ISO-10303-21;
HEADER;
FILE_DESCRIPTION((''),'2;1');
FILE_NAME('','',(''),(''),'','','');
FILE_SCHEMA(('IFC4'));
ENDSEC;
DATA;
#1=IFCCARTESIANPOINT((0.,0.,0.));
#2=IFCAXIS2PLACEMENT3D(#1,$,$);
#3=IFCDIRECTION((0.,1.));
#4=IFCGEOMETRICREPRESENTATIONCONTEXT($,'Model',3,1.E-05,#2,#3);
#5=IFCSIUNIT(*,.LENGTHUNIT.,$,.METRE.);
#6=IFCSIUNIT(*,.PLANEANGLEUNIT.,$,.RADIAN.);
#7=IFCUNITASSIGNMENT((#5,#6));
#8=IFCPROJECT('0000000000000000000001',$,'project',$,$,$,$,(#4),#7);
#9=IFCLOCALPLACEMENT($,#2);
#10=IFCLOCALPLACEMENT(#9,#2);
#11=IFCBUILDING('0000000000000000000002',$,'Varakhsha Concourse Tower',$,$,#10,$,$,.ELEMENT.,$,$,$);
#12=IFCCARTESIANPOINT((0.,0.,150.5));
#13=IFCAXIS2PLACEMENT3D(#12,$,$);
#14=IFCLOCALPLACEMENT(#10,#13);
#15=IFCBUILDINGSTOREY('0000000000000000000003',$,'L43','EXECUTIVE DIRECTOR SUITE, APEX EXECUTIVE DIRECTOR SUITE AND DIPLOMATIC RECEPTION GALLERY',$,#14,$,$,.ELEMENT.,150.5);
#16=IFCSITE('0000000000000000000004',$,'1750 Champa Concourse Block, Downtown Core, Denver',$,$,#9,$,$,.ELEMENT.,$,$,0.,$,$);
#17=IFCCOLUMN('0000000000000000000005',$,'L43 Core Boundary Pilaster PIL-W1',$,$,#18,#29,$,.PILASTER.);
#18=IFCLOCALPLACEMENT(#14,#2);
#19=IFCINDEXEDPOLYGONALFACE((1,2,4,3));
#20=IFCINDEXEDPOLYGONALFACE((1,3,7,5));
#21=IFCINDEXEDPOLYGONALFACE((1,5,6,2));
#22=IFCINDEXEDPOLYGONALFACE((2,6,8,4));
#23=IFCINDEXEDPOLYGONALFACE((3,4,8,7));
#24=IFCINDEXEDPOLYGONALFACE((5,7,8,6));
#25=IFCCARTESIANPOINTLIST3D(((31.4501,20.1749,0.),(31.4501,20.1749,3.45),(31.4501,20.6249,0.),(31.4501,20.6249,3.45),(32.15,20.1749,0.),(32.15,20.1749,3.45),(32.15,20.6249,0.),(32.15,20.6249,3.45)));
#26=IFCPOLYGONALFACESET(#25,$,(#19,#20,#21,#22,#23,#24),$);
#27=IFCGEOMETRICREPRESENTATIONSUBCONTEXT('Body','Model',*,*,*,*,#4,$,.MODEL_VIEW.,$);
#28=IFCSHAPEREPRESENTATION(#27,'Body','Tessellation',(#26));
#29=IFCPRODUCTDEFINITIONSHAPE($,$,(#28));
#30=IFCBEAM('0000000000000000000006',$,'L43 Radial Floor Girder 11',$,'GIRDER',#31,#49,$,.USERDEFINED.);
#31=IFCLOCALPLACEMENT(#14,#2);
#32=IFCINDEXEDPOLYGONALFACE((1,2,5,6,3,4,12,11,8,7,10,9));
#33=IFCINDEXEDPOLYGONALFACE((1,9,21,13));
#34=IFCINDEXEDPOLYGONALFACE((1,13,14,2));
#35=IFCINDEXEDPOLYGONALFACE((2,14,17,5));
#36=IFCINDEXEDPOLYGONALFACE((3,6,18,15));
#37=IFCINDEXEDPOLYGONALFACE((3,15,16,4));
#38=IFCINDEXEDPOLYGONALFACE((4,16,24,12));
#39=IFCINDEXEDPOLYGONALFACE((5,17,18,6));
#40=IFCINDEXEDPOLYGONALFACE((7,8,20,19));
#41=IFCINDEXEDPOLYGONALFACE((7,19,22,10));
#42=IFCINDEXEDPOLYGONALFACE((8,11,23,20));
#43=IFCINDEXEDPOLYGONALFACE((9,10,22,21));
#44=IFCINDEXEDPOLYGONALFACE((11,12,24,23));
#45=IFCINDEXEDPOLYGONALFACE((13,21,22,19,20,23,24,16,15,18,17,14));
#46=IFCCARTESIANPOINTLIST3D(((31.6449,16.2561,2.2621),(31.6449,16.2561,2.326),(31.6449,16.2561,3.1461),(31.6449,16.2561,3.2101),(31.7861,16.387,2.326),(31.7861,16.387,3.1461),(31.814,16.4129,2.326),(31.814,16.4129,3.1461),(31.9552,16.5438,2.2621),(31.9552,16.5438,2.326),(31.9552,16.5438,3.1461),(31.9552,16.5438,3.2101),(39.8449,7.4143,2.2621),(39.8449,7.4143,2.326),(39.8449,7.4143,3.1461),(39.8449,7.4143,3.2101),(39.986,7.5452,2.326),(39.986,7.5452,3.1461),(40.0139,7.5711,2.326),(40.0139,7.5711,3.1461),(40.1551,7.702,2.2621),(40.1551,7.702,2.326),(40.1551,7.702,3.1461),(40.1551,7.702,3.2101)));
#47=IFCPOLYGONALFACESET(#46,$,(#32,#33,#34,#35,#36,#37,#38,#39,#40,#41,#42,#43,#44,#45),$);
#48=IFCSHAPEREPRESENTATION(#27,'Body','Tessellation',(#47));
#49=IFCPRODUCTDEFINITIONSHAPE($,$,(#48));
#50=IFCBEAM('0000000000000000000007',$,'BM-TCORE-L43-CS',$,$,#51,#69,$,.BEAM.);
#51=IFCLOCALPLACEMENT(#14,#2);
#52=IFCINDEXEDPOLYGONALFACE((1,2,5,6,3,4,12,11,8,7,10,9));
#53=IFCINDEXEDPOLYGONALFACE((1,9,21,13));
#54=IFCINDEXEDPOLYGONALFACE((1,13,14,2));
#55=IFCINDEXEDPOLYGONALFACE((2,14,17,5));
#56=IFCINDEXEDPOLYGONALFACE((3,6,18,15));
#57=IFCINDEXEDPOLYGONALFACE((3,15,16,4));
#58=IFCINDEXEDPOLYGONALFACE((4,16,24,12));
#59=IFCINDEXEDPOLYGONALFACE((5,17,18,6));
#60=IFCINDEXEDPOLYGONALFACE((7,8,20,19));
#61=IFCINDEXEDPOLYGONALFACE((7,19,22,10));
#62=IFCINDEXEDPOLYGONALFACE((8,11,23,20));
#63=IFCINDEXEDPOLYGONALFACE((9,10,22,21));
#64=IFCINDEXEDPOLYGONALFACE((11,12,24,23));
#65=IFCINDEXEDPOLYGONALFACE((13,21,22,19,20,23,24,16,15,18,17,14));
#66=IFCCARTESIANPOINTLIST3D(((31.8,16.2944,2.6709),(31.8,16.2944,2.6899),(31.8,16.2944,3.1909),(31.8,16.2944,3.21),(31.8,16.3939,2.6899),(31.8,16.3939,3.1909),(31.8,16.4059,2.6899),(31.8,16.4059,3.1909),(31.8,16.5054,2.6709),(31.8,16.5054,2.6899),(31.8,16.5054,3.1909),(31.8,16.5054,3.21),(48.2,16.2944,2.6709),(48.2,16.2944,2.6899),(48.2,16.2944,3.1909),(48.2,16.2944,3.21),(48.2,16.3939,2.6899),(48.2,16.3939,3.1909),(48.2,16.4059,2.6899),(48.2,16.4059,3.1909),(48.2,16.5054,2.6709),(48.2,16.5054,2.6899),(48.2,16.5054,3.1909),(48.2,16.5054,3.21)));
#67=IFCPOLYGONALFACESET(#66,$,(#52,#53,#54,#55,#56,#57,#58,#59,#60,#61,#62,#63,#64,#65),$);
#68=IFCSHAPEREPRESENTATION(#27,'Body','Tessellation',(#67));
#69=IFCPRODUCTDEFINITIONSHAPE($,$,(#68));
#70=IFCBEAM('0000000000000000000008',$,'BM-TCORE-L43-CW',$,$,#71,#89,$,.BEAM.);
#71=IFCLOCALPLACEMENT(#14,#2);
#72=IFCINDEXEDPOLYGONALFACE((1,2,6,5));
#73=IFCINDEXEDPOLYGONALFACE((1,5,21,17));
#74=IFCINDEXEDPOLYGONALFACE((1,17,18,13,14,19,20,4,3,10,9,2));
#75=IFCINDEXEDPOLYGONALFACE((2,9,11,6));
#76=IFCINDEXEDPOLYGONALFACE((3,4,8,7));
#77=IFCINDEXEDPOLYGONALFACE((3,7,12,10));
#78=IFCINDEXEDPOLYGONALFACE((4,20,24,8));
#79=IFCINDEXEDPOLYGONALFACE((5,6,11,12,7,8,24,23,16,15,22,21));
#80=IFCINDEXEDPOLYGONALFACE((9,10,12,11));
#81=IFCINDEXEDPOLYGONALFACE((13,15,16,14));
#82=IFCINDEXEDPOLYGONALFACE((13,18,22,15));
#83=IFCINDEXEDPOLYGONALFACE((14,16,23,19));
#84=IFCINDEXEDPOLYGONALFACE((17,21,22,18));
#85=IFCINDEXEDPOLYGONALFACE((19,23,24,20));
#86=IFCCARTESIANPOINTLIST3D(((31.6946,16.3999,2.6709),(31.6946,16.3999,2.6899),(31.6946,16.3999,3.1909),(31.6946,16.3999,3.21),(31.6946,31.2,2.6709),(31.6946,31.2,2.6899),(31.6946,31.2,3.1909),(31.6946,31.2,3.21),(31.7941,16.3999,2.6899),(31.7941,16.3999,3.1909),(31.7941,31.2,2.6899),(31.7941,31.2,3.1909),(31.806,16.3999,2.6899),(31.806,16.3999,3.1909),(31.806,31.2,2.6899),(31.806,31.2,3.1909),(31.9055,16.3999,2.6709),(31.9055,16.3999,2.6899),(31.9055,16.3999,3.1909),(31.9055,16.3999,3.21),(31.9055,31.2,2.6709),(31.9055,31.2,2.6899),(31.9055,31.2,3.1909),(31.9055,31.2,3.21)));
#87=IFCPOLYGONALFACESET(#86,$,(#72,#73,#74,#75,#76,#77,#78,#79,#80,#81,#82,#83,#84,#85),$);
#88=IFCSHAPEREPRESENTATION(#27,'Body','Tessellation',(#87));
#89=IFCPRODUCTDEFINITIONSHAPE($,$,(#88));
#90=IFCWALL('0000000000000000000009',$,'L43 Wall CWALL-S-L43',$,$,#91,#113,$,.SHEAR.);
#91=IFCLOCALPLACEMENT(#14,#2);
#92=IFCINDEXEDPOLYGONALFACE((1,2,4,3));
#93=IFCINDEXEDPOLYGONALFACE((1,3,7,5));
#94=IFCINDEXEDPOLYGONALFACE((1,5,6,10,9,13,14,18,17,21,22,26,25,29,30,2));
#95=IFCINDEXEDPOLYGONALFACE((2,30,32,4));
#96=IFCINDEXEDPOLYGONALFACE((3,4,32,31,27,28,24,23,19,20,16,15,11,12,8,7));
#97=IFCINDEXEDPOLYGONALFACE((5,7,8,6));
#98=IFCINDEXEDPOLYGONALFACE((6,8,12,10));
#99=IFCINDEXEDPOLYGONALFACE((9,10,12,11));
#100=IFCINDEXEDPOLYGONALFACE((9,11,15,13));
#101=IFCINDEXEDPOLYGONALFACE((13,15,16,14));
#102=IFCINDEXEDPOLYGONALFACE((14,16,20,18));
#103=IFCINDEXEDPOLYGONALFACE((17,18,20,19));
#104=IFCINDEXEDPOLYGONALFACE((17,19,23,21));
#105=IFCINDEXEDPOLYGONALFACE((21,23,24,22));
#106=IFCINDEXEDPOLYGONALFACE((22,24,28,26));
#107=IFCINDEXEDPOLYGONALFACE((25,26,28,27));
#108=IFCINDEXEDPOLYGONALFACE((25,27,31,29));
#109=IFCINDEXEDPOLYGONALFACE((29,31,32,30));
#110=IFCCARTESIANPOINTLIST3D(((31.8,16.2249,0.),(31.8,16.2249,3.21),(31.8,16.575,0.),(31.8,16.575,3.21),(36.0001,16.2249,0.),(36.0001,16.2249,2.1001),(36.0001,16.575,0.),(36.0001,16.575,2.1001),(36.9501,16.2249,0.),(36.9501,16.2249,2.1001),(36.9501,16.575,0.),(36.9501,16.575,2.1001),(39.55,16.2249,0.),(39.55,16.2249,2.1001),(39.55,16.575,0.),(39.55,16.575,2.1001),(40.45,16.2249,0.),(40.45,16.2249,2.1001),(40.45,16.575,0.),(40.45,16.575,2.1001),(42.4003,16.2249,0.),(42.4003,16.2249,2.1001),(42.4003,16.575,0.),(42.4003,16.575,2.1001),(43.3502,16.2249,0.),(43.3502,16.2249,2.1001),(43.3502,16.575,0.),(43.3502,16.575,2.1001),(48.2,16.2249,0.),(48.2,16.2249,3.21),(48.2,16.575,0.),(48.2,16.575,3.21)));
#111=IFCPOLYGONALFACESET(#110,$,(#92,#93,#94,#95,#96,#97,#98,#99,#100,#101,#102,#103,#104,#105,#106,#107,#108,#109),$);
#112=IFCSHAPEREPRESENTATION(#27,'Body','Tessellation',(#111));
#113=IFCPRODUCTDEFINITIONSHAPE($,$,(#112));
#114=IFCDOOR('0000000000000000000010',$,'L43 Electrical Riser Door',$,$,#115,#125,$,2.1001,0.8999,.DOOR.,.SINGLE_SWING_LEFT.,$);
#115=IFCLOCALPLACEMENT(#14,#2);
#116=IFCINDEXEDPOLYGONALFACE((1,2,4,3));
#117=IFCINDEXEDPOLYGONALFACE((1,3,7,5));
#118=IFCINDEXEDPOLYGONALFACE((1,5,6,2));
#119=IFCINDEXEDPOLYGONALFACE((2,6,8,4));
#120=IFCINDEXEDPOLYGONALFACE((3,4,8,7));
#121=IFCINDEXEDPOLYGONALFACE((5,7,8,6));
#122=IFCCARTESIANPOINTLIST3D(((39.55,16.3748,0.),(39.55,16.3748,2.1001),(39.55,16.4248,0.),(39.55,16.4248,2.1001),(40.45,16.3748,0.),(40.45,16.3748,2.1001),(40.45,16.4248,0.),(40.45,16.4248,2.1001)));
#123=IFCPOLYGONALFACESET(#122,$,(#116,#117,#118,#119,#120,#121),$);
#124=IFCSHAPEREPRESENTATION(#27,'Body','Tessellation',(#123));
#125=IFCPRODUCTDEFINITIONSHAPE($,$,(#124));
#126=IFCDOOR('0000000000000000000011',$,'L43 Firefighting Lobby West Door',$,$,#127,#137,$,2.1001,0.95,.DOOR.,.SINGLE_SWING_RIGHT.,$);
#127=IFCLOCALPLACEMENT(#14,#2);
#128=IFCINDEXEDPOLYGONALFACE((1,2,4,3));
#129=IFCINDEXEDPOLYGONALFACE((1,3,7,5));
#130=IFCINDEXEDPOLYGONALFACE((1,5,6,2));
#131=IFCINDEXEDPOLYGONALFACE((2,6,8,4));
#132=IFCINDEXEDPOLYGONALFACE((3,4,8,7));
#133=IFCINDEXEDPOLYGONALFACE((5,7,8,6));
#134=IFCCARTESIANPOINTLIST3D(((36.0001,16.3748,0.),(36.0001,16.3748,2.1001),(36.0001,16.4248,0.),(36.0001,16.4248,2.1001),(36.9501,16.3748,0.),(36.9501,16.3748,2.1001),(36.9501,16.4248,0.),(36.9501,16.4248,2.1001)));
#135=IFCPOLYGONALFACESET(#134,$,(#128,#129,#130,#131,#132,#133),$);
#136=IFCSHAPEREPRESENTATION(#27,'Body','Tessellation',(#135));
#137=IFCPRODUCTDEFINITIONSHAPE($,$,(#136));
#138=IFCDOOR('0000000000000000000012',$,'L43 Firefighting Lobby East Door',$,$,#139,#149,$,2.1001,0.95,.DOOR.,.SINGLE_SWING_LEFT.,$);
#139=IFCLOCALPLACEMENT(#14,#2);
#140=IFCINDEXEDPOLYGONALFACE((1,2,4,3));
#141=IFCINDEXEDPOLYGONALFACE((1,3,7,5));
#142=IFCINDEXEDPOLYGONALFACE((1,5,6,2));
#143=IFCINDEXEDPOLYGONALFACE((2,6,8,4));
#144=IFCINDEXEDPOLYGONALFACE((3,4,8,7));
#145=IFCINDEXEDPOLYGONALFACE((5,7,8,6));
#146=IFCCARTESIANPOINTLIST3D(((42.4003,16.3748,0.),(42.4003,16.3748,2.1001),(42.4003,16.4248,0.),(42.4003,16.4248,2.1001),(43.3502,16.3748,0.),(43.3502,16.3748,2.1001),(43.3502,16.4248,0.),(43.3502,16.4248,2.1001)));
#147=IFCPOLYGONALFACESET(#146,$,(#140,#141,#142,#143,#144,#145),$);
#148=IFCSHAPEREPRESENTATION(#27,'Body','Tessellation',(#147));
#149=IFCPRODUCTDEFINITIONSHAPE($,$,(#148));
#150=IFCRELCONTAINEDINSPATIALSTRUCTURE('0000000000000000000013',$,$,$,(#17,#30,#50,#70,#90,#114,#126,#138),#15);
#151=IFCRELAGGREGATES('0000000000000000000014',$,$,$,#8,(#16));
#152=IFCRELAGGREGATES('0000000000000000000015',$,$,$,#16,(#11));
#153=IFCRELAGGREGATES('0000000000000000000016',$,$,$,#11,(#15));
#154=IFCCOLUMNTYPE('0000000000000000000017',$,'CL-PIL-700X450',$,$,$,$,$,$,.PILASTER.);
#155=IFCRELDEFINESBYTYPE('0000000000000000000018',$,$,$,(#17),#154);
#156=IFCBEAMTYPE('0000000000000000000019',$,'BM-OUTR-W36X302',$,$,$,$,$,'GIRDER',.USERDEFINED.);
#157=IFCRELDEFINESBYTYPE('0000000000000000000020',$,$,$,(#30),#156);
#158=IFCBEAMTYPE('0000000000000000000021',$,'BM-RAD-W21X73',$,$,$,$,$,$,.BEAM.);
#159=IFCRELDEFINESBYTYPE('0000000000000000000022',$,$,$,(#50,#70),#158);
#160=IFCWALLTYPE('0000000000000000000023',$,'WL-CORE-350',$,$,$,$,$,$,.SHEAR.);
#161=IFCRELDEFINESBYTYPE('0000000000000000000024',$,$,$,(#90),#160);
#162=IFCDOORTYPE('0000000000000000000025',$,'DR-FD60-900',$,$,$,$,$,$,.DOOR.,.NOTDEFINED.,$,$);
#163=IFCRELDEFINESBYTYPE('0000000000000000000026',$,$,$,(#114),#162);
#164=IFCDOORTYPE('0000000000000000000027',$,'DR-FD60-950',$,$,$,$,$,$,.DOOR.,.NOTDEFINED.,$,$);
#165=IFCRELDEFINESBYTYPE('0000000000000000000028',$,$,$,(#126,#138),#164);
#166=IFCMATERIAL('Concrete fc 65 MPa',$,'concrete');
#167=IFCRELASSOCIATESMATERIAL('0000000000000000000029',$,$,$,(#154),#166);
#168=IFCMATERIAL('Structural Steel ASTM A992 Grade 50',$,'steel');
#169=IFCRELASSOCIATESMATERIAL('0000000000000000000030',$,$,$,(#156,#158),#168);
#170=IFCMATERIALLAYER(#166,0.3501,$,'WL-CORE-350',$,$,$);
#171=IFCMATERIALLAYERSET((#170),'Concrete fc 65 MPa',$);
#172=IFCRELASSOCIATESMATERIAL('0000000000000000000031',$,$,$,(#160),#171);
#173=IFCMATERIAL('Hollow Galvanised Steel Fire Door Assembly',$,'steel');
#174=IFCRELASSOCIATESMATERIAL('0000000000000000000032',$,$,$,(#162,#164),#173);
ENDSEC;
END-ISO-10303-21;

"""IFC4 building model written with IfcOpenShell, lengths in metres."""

from ifc_helpers import new_model, si_unit, direction, frame, frame_2d, origin, origin_2d, place, context, subcontext, project, spatial, rectangle, i_section, extrude, material, layer, layer_set, material_profile, profile_set, type_object, element, fill, save


model = new_model("IFC4")

# Units and contexts
model_context = context("Model", 3, precision=1e-05, world=origin(), true_north=direction((0.0, 1.0)))
body_context = subcontext(model_context, "Body", "Model", "MODEL_VIEW")
ifc_project = project(units=[si_unit("LENGTHUNIT", "METRE"), si_unit("PLANEANGLEUNIT", "RADIAN")], contexts=[model_context])

# Site, building, storey
site_placement = place(None, origin())
site = spatial("IfcSite", under=ifc_project, at=site_placement, Name="1750 Champa Concourse Block, Downtown Core, Denver", CompositionType="ELEMENT", RefElevation=0.0)
building_placement = place(site_placement, origin())
building = spatial("IfcBuilding", under=site, at=building_placement, Name="Varakhsha Concourse Tower", CompositionType="ELEMENT")
storey_placement = place(building_placement, frame((0.0, 0.0, 150.5)))
storey = spatial("IfcBuildingStorey", under=building, at=storey_placement, Name="L43", Description="EXECUTIVE DIRECTOR SUITE, APEX EXECUTIVE DIRECTOR SUITE AND DIPLOMATIC RECEPTION GALLERY", CompositionType="ELEMENT", Elevation=150.5)

# Column
ifc_material_1 = material(Name="Concrete fc 65 MPa", Category="concrete")
ifc_material_profile_1 = material_profile(ifc_material_1, rectangle(XDim=0.7, YDim=0.45, at=origin_2d()), Name="RC 700x450")
ifc_profile_set_1 = profile_set([ifc_material_profile_1], Name="Concrete fc 65 MPa")
column_type = type_object("IfcColumnType", Name="CL-PIL-700X450", PredefinedType="PILASTER", material=ifc_profile_set_1)
column_placement = place(storey_placement, frame((31.8, 20.3999, 0.0), z_axis=(0.0, 0.0, 1.0), x_axis=(1.0, 0.0, 0.0)))
element("IfcColumn", 1, at=column_placement, inside=storey, type_object=column_type, Name="L43 Core Boundary Pilaster PIL-W1", PredefinedType="PILASTER", context=body_context, shape_type="SweptSolid", body=[
    extrude(rectangle(XDim=0.7, YDim=0.45, at=origin_2d()), origin(), (0.0, 0.0, 1.0), 3.45),
])

# Beams
ifc_material_2 = material(Name="Structural Steel ASTM A992 Grade 50", Category="steel")
ifc_material_profile_2 = material_profile(ifc_material_2, i_section(OverallWidth=0.4231, OverallDepth=0.948, WebThickness=0.0381, FlangeThickness=0.064, at=origin_2d()), Name="W36X302")
ifc_profile_set_2 = profile_set([ifc_material_profile_2], Name="Structural Steel ASTM A992 Grade 50")
beam_type_1 = type_object("IfcBeamType", Name="BM-OUTR-W36X302", ElementType="GIRDER", PredefinedType="USERDEFINED", material=ifc_profile_set_2)
beam_1_placement = place(storey_placement, frame((31.8, 16.3999, 2.7361), z_axis=(0.679993, -0.733219, 0.0), x_axis=(0.733219, 0.679993, 0.0)))
element("IfcBeam", 2, at=beam_1_placement, inside=storey, type_object=beam_type_1, Name="L43 Radial Floor Girder 11", ObjectType="GIRDER", PredefinedType="USERDEFINED", context=body_context, shape_type="SweptSolid", body=[
    extrude(i_section(OverallWidth=0.4231, OverallDepth=0.948, WebThickness=0.0381, FlangeThickness=0.064, at=origin_2d()), origin(), (0.0, 0.0, 1.0), 12.0588),
])
ifc_material_profile_3 = material_profile(ifc_material_2, i_section(OverallWidth=0.2109, OverallDepth=0.5391, WebThickness=0.012, FlangeThickness=0.019, at=origin_2d()), Name="W21X73")
ifc_profile_set_3 = profile_set([ifc_material_profile_3], Name="Structural Steel ASTM A992 Grade 50")
beam_type_2 = type_object("IfcBeamType", Name="BM-RAD-W21X73", PredefinedType="BEAM", material=ifc_profile_set_3)
beam_2_placement = place(storey_placement, frame((31.8, 16.3999, 2.9404), z_axis=(1.0, 0.0, 0.0), x_axis=(0.0, 1.0, 0.0)))
element("IfcBeam", 3, at=beam_2_placement, inside=storey, type_object=beam_type_2, Name="BM-TCORE-L43-CS", PredefinedType="BEAM", context=body_context, shape_type="SweptSolid", body=[
    extrude(i_section(OverallWidth=0.2109, OverallDepth=0.5391, WebThickness=0.012, FlangeThickness=0.019, at=origin_2d()), origin(), (0.0, 0.0, 1.0), 16.3999),
])
beam_3_placement = place(storey_placement, frame((31.8, 16.3999, 2.9404), z_axis=(0.0, 1.0, 0.0), x_axis=(-1.0, 0.0, 0.0)))
element("IfcBeam", 4, at=beam_3_placement, inside=storey, type_object=beam_type_2, Name="BM-TCORE-L43-CW", PredefinedType="BEAM", context=body_context, shape_type="SweptSolid", body=[
    extrude(i_section(OverallWidth=0.2109, OverallDepth=0.5391, WebThickness=0.012, FlangeThickness=0.019, at=origin_2d()), origin(), (0.0, 0.0, 1.0), 14.8),
])

# Wall, openings, doors
ifc_layer_1 = layer(ifc_material_1, 0.3501, Name="WL-CORE-350")
ifc_layer_set_1 = layer_set([ifc_layer_1], Name="Concrete fc 65 MPa")
wall_type_1 = type_object("IfcWallType", Name="WL-CORE-350", PredefinedType="SHEAR", material=ifc_layer_set_1)
wall_1_placement = place(storey_placement, frame((31.8, 16.3999, 0.0), z_axis=(0.0, 0.0, 1.0), x_axis=(1.0, 0.0, 0.0)))
wall_1 = element("IfcWall", 5, at=wall_1_placement, inside=storey, type_object=wall_type_1, Name="L43 Wall CWALL-S-L43", PredefinedType="SHEAR", context=body_context, shape_type="SweptSolid", body=[
    extrude(rectangle(XDim=16.3999, YDim=0.3501, at=frame_2d((8.2, 0.0))), origin(), (0.0, 0.0, 1.0), 3.21),
])
opening_1_placement = place(wall_1_placement, frame((7.75, 0.0, 0.0)))
opening_1 = element("IfcOpeningElement", 6, at=opening_1_placement, cuts=wall_1, PredefinedType="OPENING", context=body_context, shape_type="SweptSolid", body=[
    extrude(rectangle(XDim=0.8999, YDim=2.1001, at=frame_2d((0.45, 1.05))), frame((0.0, 0.1851, 0.0), z_axis=(0.0, -1.0, 0.0), x_axis=(1.0, 0.0, 0.0)), (0.0, 0.0, 1.0), 0.3701),
])
opening_2_placement = place(wall_1_placement, frame((4.2, 0.0, 0.0)))
opening_2 = element("IfcOpeningElement", 7, at=opening_2_placement, cuts=wall_1, PredefinedType="OPENING", context=body_context, shape_type="SweptSolid", body=[
    extrude(rectangle(XDim=0.95, YDim=2.1001, at=frame_2d((0.4751, 1.05))), frame((0.0, 0.1851, 0.0), z_axis=(0.0, -1.0, 0.0), x_axis=(1.0, 0.0, 0.0)), (0.0, 0.0, 1.0), 0.3701),
])
opening_3_placement = place(wall_1_placement, frame((10.6001, 0.0, 0.0)))
opening_3 = element("IfcOpeningElement", 8, at=opening_3_placement, cuts=wall_1, PredefinedType="OPENING", context=body_context, shape_type="SweptSolid", body=[
    extrude(rectangle(XDim=0.95, YDim=2.1001, at=frame_2d((0.4751, 1.05))), frame((0.0, 0.1851, 0.0), z_axis=(0.0, -1.0, 0.0), x_axis=(1.0, 0.0, 0.0)), (0.0, 0.0, 1.0), 0.3701),
])
ifc_material_3 = material(Name="Hollow Galvanised Steel Fire Door Assembly", Category="steel")
door_type_1 = type_object("IfcDoorType", Name="DR-FD60-900", OperationType="NOTDEFINED", PredefinedType="DOOR", material=ifc_material_3)
door_1_placement = place(opening_1_placement, origin())
door_1 = element("IfcDoor", 9, at=door_1_placement, inside=storey, type_object=door_type_1, Name="L43 Electrical Riser Door", OperationType="SINGLE_SWING_LEFT", OverallHeight=2.1001, OverallWidth=0.8999, PredefinedType="DOOR", context=body_context, shape_type="SweptSolid", body=[
    extrude(rectangle(XDim=0.8999, YDim=2.1001, at=frame_2d((0.45, 1.05))), frame((0.0, 0.0249, 0.0), z_axis=(0.0, -1.0, 0.0), x_axis=(1.0, 0.0, 0.0)), (0.0, 0.0, 1.0), 0.05),
])
fill(opening_1, door_1)
door_type_2 = type_object("IfcDoorType", Name="DR-FD60-950", OperationType="NOTDEFINED", PredefinedType="DOOR", material=ifc_material_3)
door_2_placement = place(opening_2_placement, origin())
door_2 = element("IfcDoor", 10, at=door_2_placement, inside=storey, type_object=door_type_2, Name="L43 Firefighting Lobby West Door", OperationType="SINGLE_SWING_RIGHT", OverallHeight=2.1001, OverallWidth=0.95, PredefinedType="DOOR", context=body_context, shape_type="SweptSolid", body=[
    extrude(rectangle(XDim=0.95, YDim=2.1001, at=frame_2d((0.4751, 1.05))), frame((0.0, 0.0249, 0.0), z_axis=(0.0, -1.0, 0.0), x_axis=(1.0, 0.0, 0.0)), (0.0, 0.0, 1.0), 0.05),
])
fill(opening_2, door_2)
door_3_placement = place(opening_3_placement, origin())
door_3 = element("IfcDoor", 11, at=door_3_placement, inside=storey, type_object=door_type_2, Name="L43 Firefighting Lobby East Door", OperationType="SINGLE_SWING_LEFT", OverallHeight=2.1001, OverallWidth=0.95, PredefinedType="DOOR", context=body_context, shape_type="SweptSolid", body=[
    extrude(rectangle(XDim=0.95, YDim=2.1001, at=frame_2d((0.4751, 1.05))), frame((0.0, 0.0249, 0.0), z_axis=(0.0, -1.0, 0.0), x_axis=(1.0, 0.0, 0.0)), (0.0, 0.0, 1.0), 0.05),
])
fill(opening_3, door_3)

save(model, "model.ifc")
